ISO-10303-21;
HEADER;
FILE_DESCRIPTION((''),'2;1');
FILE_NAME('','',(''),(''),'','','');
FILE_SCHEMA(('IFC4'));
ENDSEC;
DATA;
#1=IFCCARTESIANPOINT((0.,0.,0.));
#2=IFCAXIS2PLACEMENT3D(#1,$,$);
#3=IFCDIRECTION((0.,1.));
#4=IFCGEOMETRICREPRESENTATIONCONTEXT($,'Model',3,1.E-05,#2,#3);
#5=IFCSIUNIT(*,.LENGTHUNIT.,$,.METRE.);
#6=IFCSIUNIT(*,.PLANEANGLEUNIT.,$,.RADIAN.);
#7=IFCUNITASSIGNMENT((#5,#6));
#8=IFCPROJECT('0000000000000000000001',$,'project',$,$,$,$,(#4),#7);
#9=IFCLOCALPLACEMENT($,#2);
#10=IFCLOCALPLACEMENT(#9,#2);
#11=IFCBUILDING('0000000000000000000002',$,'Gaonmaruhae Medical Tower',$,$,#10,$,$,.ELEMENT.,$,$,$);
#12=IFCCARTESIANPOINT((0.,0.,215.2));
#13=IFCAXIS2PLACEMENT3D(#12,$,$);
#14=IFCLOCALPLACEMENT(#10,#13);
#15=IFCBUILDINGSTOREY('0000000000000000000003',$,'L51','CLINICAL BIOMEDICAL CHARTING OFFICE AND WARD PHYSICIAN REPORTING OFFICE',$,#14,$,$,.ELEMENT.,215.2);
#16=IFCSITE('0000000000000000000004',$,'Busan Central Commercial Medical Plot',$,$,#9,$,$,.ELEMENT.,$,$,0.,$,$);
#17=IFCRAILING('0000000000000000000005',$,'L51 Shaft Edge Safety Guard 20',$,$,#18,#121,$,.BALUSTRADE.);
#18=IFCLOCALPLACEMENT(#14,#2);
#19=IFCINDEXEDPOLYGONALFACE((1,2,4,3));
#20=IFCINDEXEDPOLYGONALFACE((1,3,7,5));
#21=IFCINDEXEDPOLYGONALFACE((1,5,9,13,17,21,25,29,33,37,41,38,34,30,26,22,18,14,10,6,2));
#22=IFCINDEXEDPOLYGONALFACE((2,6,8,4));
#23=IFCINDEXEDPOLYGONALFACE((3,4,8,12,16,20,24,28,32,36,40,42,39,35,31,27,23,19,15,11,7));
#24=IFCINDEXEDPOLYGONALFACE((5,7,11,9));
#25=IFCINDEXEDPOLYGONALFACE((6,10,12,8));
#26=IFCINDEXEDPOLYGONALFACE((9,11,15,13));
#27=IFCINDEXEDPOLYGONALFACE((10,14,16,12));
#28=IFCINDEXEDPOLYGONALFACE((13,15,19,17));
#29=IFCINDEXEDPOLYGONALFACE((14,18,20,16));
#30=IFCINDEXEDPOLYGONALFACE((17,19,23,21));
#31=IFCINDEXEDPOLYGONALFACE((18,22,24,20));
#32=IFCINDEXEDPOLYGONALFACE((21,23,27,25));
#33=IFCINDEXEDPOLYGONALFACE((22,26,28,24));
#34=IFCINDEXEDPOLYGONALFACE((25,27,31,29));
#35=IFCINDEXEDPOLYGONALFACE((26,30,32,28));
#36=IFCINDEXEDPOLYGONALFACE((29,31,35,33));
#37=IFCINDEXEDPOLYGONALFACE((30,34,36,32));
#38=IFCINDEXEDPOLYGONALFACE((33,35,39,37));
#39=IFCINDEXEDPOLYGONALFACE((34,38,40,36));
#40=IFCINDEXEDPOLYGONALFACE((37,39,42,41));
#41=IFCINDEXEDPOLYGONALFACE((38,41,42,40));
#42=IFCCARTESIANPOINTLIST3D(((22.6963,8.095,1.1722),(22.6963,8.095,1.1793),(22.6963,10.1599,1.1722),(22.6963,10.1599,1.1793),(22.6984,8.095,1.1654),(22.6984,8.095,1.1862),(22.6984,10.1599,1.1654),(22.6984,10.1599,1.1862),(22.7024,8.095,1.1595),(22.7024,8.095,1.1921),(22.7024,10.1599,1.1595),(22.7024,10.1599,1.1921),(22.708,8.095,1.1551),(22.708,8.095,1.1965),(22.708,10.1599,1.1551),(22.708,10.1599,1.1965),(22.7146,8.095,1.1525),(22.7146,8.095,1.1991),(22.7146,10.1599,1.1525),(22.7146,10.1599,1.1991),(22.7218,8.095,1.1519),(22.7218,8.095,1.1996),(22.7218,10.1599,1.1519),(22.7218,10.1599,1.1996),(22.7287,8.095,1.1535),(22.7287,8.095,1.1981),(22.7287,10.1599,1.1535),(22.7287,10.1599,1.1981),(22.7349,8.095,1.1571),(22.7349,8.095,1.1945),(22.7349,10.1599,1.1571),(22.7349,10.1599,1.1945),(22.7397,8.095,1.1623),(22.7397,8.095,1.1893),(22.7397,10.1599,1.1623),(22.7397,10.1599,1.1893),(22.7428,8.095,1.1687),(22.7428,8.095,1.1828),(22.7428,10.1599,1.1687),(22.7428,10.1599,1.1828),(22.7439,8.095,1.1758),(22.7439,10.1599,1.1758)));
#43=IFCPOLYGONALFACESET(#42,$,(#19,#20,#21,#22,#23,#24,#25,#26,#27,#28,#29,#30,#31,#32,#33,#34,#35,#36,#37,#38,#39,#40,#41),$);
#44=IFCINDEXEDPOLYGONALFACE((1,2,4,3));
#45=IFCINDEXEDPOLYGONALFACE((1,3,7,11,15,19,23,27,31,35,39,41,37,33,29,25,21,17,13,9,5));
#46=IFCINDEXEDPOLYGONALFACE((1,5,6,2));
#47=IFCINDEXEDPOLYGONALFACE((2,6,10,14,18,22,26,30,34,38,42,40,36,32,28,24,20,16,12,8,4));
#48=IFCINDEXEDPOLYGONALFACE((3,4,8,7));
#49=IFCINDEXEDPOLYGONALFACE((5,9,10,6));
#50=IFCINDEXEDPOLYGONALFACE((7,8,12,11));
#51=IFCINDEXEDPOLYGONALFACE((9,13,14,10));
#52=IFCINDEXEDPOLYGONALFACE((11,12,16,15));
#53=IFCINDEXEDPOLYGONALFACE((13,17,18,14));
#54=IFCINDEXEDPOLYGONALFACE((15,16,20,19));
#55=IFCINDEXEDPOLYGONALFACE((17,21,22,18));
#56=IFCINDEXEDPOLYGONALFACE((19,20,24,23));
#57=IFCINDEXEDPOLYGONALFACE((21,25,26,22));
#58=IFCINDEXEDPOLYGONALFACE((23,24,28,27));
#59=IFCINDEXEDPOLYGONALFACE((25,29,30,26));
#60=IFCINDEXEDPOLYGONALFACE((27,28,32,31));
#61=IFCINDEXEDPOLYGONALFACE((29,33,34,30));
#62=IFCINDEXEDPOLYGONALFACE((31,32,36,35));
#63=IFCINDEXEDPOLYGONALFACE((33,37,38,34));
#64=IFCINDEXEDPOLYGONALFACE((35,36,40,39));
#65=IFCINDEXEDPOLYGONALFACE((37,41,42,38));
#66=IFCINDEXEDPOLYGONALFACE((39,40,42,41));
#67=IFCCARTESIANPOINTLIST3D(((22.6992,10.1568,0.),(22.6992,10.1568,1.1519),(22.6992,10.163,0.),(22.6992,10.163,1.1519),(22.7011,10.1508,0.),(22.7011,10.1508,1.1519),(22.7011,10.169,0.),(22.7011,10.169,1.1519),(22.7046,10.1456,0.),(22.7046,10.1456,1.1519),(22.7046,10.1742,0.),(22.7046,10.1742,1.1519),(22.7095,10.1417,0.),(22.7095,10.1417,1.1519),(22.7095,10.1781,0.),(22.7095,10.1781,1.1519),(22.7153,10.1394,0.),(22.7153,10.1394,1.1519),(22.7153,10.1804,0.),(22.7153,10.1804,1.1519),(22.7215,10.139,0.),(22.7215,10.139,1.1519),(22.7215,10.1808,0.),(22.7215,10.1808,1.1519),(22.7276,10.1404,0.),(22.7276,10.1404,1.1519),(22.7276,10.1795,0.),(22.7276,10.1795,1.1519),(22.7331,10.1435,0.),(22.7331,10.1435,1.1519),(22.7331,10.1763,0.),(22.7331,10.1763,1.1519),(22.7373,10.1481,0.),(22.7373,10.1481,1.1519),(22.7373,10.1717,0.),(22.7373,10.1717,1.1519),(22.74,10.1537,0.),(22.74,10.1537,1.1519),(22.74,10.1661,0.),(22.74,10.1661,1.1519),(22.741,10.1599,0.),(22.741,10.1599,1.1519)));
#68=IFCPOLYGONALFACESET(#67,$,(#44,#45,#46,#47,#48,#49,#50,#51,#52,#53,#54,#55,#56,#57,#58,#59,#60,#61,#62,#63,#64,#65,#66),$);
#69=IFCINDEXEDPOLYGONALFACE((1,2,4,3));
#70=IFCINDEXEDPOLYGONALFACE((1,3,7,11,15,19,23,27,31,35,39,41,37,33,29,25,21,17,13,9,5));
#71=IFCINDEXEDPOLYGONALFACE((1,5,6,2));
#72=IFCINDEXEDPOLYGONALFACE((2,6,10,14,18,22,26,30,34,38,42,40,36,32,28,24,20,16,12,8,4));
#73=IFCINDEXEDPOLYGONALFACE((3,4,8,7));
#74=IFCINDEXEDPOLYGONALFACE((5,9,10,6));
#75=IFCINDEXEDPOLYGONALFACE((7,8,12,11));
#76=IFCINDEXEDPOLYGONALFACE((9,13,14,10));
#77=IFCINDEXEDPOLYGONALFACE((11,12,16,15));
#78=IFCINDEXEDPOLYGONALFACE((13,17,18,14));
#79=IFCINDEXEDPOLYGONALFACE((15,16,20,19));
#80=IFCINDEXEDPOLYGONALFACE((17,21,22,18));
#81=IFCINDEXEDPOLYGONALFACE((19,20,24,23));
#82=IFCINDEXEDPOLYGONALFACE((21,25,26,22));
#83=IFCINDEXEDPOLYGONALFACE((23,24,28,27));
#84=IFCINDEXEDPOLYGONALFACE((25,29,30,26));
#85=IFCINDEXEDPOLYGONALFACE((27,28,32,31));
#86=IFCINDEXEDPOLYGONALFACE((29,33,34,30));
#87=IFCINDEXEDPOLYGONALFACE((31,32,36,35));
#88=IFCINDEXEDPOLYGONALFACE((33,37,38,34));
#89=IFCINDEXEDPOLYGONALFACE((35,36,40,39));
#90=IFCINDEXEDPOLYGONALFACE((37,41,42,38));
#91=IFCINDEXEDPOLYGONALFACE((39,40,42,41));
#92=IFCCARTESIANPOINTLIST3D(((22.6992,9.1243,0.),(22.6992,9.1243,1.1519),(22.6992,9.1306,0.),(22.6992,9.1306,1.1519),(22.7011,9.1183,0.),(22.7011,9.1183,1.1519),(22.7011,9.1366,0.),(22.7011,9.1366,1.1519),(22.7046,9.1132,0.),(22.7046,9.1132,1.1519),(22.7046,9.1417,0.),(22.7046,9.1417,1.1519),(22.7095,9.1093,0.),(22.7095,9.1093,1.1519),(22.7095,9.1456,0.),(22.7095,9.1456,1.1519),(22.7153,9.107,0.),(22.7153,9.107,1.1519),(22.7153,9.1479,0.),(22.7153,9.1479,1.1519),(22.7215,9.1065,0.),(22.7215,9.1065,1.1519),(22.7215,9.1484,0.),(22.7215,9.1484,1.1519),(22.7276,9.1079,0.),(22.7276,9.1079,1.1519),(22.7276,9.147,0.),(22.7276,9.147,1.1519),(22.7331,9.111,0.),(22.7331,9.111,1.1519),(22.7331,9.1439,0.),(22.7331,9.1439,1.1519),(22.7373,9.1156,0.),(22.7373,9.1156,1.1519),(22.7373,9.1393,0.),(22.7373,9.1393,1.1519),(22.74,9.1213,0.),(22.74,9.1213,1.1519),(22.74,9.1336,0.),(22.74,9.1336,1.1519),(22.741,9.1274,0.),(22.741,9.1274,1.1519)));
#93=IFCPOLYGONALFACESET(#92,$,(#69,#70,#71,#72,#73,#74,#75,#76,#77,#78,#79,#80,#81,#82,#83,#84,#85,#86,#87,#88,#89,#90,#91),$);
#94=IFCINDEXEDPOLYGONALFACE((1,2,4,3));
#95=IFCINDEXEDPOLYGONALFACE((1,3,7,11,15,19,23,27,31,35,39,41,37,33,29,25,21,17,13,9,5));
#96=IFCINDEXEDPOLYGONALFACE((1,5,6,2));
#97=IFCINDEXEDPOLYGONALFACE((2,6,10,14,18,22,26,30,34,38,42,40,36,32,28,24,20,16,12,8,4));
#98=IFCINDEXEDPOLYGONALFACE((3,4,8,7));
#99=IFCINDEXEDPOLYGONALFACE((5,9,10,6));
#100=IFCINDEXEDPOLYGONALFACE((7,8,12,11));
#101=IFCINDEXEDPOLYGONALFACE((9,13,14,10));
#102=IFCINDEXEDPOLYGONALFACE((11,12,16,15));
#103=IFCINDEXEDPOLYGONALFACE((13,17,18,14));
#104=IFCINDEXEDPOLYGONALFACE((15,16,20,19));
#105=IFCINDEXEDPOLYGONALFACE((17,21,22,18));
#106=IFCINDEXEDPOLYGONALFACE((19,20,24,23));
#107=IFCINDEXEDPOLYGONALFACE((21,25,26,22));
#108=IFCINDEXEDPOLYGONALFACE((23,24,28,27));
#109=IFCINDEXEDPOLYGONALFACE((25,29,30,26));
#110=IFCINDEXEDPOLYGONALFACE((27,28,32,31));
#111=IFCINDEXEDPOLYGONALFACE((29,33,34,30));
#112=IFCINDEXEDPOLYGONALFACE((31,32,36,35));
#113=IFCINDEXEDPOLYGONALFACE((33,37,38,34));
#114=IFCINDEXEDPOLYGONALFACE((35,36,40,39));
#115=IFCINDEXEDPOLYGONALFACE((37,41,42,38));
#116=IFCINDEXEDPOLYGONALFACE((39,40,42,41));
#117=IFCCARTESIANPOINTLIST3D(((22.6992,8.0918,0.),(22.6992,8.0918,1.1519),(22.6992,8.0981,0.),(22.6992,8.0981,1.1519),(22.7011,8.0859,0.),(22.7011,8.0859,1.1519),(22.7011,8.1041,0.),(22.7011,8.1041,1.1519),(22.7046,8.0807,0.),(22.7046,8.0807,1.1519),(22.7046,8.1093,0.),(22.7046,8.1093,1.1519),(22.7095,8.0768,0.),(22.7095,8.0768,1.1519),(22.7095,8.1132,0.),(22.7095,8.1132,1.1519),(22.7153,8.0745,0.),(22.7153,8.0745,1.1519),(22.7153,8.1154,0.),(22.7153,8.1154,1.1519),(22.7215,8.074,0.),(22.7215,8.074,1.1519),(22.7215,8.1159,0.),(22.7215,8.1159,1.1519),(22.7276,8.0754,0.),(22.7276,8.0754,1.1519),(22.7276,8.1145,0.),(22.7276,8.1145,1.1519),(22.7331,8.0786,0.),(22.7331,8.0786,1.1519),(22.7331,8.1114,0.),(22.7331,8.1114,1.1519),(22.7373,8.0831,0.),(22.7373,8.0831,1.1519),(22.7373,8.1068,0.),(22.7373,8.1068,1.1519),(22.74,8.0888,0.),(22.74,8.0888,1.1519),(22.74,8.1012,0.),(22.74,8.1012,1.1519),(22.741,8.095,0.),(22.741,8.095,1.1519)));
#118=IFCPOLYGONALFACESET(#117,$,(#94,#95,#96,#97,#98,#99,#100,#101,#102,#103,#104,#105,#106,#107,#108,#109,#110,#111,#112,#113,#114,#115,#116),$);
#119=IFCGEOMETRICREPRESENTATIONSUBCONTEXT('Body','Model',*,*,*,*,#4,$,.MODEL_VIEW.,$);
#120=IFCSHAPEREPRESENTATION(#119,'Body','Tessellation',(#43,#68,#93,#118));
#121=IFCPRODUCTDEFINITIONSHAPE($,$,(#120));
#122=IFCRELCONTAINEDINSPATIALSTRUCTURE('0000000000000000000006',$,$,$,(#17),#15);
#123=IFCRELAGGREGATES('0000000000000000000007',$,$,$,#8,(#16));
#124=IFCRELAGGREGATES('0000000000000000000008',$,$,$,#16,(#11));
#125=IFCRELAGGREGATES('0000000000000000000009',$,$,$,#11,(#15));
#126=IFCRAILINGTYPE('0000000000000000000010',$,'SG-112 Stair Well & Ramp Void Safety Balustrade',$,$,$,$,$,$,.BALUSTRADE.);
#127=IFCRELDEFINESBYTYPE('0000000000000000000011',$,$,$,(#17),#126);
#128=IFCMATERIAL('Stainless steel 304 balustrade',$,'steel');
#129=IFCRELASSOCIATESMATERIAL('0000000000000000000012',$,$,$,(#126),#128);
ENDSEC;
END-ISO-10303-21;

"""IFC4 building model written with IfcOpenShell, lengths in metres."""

from ifc_helpers import new_model, si_unit, direction, frame, origin, origin_2d, place, context, subcontext, project, spatial, circle, extrude, material, type_object, element, save


model = new_model("IFC4")

# Units and contexts
model_context = context("Model", 3, precision=1e-05, world=origin(), true_north=direction((0.0, 1.0)))
body_context = subcontext(model_context, "Body", "Model", "MODEL_VIEW")
ifc_project = project(units=[si_unit("LENGTHUNIT", "METRE"), si_unit("PLANEANGLEUNIT", "RADIAN")], contexts=[model_context])

# Site, building, storey
site_placement = place(None, origin())
site = spatial("IfcSite", under=ifc_project, at=site_placement, Name="Busan Central Commercial Medical Plot", CompositionType="ELEMENT", RefElevation=0.0)
building_placement = place(site_placement, origin())
building = spatial("IfcBuilding", under=site, at=building_placement, Name="Gaonmaruhae Medical Tower", CompositionType="ELEMENT")
storey_placement = place(building_placement, frame((0.0, 0.0, 215.2)))
storey = spatial("IfcBuildingStorey", under=building, at=storey_placement, Name="L51", Description="CLINICAL BIOMEDICAL CHARTING OFFICE AND WARD PHYSICIAN REPORTING OFFICE", CompositionType="ELEMENT", Elevation=215.2)

# Railing
ifc_material_1 = material(Name="Stainless steel 304 balustrade", Category="steel")
railing_type_1 = type_object("IfcRailingType", Name="SG-112 Stair Well & Ramp Void Safety Balustrade", PredefinedType="BALUSTRADE", material=ifc_material_1)
railing_1_placement = place(storey_placement, frame((22.72, 10.1599, 0.0)))
element("IfcRailing", 1, at=railing_1_placement, inside=storey, type_object=railing_type_1, Name="L51 Shaft Edge Safety Guard 20", PredefinedType="BALUSTRADE", context=body_context, shape_type="SweptSolid", body=[
    extrude(circle(Radius=0.0239, at=origin_2d()), frame((0.0, 0.0, 1.1758), z_axis=(0.0, -1.0, 0.0), x_axis=(1.0, 0.0, 0.0)), (0.0, 0.0, 1.0), 2.0649),
    extrude(circle(Radius=0.021, at=origin_2d()), origin(), (0.0, 0.0, 1.0), 1.1519),
    extrude(circle(Radius=0.021, at=origin_2d()), frame((0.0, -1.0325, 0.0)), (0.0, 0.0, 1.0), 1.1519),
    extrude(circle(Radius=0.021, at=origin_2d()), frame((0.0, -2.0649, 0.0)), (0.0, 0.0, 1.0), 1.1519),
])

save(model, "model.ifc")
